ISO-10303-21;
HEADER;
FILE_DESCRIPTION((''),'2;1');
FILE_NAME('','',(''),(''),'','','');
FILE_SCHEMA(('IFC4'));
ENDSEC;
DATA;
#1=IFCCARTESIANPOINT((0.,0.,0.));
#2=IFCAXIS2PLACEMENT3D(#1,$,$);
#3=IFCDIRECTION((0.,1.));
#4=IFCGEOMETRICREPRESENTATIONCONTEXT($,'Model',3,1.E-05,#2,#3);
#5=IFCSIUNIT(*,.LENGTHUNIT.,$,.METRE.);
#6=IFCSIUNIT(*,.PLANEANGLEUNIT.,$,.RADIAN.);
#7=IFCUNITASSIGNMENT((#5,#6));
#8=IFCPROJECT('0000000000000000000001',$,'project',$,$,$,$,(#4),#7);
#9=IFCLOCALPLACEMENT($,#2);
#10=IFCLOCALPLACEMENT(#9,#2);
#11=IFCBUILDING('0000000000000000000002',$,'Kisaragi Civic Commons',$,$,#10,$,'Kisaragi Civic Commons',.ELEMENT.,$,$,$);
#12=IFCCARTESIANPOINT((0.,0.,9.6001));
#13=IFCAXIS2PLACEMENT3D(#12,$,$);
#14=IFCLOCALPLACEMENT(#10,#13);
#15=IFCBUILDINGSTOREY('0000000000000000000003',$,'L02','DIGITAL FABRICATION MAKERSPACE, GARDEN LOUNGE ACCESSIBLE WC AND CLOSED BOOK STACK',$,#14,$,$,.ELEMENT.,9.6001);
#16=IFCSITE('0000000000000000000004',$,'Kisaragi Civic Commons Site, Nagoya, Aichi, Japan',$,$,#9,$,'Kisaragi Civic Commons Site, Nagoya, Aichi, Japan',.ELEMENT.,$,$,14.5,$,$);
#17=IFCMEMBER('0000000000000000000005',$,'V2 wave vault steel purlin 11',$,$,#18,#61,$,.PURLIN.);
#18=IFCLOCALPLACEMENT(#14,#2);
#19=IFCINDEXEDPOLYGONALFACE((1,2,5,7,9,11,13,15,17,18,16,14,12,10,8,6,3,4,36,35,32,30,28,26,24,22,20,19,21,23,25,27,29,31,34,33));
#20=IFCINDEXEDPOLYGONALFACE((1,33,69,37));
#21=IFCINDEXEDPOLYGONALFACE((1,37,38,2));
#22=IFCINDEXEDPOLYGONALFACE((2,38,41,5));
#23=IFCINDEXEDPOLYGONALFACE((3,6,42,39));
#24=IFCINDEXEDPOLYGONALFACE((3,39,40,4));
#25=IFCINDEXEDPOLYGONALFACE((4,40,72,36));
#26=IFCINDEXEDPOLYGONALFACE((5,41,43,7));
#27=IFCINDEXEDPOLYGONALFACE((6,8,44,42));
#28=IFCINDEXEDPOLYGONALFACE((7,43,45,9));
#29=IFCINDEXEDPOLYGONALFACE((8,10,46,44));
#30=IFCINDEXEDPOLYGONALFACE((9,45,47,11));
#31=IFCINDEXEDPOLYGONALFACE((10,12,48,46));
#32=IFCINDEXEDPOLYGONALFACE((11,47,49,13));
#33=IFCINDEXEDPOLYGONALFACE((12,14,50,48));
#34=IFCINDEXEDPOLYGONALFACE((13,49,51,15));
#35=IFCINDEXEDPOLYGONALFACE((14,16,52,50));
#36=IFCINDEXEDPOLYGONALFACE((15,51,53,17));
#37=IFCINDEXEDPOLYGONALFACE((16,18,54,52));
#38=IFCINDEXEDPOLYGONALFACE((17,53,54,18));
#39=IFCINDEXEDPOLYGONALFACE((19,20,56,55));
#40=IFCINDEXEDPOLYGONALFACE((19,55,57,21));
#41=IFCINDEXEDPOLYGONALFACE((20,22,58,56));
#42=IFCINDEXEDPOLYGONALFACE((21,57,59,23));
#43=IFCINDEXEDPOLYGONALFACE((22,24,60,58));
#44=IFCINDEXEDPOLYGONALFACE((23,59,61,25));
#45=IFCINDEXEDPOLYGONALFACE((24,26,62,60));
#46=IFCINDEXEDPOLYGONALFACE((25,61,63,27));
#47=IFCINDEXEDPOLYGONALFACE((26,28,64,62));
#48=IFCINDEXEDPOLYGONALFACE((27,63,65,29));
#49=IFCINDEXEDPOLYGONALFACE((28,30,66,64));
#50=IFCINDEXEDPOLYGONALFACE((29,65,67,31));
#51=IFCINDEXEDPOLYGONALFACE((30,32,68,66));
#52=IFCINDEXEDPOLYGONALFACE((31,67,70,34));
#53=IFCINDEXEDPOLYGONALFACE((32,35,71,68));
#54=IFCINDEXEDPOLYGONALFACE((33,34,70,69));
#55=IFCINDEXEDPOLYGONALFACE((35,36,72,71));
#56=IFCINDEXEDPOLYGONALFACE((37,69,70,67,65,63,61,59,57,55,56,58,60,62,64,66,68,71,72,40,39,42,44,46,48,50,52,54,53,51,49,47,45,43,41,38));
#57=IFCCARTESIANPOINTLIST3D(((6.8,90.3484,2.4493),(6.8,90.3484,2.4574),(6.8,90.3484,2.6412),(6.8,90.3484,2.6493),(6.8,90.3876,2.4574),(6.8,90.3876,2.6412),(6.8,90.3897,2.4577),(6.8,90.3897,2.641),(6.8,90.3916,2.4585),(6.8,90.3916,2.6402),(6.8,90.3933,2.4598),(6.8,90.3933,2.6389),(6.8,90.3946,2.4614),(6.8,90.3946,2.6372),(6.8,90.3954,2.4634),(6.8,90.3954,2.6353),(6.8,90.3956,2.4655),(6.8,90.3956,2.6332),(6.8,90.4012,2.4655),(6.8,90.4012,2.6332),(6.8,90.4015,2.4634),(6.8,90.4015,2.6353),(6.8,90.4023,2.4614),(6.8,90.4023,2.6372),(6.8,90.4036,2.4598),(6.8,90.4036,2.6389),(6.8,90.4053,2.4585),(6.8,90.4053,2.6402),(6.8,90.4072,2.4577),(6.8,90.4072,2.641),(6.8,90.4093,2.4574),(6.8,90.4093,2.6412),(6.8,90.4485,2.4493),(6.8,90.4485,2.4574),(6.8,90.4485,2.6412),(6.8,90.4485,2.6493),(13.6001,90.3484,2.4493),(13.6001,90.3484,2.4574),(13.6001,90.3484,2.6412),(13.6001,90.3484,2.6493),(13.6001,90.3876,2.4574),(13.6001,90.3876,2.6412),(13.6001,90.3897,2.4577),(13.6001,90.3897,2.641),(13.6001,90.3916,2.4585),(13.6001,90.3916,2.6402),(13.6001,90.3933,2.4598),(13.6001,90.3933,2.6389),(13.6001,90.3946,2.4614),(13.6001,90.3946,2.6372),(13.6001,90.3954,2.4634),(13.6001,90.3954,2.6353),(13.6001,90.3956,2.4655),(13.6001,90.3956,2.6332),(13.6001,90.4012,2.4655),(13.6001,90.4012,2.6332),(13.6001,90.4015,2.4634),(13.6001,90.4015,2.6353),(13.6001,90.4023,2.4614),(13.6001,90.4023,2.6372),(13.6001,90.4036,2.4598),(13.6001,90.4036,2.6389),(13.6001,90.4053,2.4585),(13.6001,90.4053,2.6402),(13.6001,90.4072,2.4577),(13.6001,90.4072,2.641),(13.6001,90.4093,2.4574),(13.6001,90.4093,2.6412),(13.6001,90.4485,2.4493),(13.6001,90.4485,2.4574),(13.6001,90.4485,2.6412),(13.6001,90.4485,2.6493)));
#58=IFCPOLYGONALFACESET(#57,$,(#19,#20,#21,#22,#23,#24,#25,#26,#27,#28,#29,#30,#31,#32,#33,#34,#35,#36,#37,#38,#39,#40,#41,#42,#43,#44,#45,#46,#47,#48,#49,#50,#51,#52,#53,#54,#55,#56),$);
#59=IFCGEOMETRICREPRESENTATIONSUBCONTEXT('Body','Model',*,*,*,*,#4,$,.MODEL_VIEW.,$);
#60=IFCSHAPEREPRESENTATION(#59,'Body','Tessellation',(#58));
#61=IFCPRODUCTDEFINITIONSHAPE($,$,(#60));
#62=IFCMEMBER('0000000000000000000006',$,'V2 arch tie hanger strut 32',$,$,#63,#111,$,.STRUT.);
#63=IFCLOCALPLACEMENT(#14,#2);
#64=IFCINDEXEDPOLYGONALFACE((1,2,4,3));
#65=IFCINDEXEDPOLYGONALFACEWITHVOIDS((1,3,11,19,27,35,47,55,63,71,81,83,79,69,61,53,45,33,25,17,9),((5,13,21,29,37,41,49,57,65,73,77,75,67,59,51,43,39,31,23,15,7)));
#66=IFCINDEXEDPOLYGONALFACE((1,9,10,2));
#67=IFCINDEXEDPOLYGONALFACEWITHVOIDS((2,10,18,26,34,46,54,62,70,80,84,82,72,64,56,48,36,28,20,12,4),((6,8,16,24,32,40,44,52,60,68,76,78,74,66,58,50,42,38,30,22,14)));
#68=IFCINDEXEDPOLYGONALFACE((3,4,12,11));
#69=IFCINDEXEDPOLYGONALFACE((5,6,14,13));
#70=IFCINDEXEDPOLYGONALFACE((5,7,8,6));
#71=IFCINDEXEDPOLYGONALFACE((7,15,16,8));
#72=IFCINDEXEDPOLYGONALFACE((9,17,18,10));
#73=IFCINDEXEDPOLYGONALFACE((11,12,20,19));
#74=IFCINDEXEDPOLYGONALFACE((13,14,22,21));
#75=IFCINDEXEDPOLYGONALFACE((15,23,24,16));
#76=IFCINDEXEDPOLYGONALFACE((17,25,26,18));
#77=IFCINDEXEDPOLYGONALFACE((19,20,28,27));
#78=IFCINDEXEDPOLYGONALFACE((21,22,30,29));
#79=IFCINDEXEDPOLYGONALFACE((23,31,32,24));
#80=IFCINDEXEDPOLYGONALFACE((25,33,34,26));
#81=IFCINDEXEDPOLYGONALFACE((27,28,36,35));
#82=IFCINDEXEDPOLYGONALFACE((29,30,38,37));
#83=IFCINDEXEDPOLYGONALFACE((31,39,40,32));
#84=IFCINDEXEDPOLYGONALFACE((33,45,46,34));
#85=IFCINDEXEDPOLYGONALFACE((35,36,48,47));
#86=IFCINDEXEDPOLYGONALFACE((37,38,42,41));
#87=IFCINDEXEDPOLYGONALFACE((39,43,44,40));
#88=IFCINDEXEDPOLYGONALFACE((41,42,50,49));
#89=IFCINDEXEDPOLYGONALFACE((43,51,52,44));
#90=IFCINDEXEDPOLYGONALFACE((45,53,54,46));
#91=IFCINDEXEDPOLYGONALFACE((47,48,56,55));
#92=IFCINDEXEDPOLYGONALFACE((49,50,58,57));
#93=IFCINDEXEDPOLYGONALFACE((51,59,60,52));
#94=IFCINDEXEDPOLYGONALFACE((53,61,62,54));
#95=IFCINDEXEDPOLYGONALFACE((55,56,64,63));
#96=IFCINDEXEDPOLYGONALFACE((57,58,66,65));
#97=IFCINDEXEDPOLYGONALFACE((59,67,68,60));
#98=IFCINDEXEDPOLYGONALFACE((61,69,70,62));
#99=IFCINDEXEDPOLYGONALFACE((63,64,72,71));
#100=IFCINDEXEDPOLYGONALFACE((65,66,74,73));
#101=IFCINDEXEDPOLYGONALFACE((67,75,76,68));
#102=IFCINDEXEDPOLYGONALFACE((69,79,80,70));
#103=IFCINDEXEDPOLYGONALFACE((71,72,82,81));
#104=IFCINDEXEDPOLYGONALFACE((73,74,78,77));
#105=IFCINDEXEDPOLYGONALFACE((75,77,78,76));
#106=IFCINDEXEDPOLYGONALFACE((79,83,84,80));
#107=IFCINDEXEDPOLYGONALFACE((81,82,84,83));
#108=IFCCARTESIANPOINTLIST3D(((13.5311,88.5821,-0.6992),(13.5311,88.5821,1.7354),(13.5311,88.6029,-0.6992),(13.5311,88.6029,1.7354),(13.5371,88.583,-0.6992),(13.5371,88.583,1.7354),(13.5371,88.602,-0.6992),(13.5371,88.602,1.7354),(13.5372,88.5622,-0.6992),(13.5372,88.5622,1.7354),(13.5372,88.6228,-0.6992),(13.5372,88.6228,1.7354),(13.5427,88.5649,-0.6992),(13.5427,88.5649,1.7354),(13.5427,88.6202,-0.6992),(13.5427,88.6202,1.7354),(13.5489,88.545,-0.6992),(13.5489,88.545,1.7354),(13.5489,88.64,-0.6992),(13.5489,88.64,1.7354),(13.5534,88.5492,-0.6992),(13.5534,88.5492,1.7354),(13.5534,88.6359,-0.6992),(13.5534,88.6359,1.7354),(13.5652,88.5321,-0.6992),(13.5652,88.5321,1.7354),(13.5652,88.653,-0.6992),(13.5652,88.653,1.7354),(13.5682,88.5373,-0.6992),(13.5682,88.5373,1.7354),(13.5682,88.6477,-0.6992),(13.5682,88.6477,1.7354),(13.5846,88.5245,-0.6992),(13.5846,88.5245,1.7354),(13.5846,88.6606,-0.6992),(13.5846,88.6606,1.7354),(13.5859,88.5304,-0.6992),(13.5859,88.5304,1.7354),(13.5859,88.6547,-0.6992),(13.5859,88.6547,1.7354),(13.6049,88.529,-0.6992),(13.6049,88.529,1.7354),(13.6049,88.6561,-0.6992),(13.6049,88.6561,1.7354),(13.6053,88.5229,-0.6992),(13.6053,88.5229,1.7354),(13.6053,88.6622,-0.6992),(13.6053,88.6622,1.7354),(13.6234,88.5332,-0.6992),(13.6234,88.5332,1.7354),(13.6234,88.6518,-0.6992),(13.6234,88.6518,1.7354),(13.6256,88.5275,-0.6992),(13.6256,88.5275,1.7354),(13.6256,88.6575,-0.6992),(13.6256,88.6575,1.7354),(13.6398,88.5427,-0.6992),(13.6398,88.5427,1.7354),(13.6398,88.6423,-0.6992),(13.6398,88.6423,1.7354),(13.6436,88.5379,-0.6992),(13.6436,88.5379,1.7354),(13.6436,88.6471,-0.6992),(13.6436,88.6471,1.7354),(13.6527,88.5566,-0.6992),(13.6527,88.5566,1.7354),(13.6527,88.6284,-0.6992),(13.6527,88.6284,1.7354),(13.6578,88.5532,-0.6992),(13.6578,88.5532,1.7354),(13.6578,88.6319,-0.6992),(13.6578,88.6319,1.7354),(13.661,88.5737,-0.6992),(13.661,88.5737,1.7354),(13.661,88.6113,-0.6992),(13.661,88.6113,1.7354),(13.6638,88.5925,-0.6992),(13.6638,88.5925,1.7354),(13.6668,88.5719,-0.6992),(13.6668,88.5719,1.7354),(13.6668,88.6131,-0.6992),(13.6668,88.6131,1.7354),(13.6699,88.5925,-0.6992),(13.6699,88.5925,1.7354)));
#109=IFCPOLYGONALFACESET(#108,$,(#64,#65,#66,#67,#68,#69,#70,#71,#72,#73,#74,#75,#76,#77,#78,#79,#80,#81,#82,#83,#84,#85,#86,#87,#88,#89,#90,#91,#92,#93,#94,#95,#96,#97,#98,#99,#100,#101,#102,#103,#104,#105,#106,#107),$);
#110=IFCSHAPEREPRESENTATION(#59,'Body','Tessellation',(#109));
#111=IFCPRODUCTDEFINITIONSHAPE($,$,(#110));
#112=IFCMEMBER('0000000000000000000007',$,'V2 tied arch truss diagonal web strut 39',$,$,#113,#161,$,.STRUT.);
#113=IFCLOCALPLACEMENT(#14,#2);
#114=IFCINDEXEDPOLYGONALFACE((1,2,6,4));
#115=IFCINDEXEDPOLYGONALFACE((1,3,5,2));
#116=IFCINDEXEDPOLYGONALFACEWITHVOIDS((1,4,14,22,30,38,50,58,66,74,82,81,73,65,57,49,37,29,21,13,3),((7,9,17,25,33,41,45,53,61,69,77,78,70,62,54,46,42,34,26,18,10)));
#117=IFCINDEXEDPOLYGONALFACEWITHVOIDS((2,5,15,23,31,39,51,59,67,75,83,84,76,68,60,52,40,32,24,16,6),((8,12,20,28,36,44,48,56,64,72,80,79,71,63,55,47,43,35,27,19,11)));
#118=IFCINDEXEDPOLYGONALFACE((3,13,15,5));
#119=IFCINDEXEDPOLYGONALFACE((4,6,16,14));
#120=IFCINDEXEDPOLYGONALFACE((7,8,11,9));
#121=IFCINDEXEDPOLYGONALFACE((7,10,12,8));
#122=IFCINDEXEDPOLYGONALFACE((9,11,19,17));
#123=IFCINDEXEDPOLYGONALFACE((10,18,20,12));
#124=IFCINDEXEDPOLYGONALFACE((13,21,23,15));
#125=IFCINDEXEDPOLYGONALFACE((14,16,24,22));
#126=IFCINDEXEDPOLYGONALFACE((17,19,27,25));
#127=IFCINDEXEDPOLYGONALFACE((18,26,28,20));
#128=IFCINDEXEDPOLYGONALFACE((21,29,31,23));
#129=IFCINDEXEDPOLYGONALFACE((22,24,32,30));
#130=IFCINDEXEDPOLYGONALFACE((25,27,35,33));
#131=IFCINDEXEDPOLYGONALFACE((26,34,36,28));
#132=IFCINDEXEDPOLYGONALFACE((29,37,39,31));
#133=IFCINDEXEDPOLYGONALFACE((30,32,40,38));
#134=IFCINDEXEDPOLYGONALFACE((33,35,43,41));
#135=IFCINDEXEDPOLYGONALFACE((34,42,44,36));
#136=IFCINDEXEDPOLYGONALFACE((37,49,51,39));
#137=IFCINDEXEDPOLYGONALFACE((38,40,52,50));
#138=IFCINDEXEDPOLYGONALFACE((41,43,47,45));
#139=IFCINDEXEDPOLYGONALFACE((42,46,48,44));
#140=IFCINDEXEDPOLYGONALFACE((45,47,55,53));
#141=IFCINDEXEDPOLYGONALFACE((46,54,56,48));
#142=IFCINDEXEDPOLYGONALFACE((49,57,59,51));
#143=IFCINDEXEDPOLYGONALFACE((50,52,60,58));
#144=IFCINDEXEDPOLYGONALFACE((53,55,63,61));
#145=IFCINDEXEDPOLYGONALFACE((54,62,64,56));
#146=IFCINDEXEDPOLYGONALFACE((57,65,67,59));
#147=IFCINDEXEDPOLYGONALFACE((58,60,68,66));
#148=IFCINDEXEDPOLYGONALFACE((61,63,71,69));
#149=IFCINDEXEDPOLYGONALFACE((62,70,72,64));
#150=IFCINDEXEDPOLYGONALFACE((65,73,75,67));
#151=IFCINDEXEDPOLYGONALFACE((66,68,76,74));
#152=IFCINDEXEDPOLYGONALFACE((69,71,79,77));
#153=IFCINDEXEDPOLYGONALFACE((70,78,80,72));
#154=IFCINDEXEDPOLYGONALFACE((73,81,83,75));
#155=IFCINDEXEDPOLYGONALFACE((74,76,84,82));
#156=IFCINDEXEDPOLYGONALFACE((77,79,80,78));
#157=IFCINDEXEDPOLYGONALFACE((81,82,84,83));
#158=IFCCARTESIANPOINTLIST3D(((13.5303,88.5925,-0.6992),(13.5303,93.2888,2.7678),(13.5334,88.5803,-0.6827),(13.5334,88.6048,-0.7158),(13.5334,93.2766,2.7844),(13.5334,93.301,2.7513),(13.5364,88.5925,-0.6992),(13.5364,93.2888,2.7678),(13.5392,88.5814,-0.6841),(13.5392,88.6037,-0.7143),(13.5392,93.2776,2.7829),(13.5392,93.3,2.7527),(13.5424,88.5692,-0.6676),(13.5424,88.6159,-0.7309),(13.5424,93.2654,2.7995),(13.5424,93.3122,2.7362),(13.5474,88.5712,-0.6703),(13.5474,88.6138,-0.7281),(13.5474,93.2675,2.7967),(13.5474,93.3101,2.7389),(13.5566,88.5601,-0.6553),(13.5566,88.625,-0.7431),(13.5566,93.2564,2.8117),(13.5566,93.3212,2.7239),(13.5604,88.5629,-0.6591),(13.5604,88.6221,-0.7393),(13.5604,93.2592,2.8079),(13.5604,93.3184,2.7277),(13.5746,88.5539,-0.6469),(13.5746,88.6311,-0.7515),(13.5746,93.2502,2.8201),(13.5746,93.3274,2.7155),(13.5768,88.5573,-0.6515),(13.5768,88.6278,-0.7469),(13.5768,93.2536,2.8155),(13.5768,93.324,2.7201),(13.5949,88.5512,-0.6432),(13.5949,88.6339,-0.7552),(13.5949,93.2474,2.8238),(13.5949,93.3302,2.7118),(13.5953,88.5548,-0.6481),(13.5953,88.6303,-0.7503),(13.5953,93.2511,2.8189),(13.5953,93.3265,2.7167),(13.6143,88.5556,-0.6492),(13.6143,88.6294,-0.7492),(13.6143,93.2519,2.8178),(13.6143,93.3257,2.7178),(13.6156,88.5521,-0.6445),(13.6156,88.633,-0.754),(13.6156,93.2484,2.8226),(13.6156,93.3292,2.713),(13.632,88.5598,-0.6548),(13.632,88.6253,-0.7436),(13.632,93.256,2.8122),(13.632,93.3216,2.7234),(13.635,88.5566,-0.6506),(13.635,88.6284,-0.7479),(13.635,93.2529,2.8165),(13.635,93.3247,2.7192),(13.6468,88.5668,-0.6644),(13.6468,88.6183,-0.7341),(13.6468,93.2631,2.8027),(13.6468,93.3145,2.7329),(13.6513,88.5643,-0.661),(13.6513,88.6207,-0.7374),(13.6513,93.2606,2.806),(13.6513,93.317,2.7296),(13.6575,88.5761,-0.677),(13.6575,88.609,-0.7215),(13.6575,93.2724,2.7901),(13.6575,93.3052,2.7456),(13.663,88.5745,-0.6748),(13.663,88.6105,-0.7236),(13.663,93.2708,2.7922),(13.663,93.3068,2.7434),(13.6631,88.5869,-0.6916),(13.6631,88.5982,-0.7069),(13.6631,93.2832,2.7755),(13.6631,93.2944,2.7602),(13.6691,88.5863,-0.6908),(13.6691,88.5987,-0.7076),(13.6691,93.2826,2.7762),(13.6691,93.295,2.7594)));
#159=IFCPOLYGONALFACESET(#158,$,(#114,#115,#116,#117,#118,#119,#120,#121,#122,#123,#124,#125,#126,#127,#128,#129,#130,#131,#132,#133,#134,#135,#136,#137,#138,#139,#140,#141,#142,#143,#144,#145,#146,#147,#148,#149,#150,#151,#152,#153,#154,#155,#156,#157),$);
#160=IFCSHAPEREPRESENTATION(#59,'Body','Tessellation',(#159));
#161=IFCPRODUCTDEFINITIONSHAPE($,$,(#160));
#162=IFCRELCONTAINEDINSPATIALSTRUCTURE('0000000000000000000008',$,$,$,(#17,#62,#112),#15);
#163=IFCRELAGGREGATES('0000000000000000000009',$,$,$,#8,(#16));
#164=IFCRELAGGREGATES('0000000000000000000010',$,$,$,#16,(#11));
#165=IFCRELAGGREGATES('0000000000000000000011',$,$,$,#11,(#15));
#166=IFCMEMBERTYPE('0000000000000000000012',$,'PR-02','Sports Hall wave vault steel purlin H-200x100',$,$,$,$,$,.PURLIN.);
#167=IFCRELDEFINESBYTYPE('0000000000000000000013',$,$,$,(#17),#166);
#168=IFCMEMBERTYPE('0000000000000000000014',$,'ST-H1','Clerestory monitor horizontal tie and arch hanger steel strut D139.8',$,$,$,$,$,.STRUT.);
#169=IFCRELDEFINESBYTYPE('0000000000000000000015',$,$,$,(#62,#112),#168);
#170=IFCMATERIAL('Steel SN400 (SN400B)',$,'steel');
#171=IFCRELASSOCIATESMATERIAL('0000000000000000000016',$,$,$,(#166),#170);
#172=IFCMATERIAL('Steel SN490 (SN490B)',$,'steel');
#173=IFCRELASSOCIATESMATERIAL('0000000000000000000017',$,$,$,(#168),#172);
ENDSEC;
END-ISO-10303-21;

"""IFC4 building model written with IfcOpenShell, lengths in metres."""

from ifc_helpers import new_model, si_unit, direction, frame, origin, origin_2d, place, context, subcontext, project, spatial, hollow_circle, i_section, extrude, material, material_profile, profile_set, type_object, element, save


model = new_model("IFC4")

# Units and contexts
model_context = context("Model", 3, precision=1e-05, world=origin(), true_north=direction((0.0, 1.0)))
body_context = subcontext(model_context, "Body", "Model", "MODEL_VIEW")
ifc_project = project(units=[si_unit("LENGTHUNIT", "METRE"), si_unit("PLANEANGLEUNIT", "RADIAN")], contexts=[model_context])

# Site, building, storey
site_placement = place(None, origin())
site = spatial("IfcSite", under=ifc_project, at=site_placement, Name="Kisaragi Civic Commons Site, Nagoya, Aichi, Japan", LongName="Kisaragi Civic Commons Site, Nagoya, Aichi, Japan", CompositionType="ELEMENT", RefElevation=14.5)
building_placement = place(site_placement, origin())
building = spatial("IfcBuilding", under=site, at=building_placement, Name="Kisaragi Civic Commons", LongName="Kisaragi Civic Commons", CompositionType="ELEMENT")
storey_placement = place(building_placement, frame((0.0, 0.0, 9.6001)))
storey = spatial("IfcBuildingStorey", under=building, at=storey_placement, Name="L02", Description="DIGITAL FABRICATION MAKERSPACE, GARDEN LOUNGE ACCESSIBLE WC AND CLOSED BOOK STACK", CompositionType="ELEMENT", Elevation=9.6001)

# Members
ifc_material_1 = material(Name="Steel SN400 (SN400B)", Category="steel")
ifc_material_profile_1 = material_profile(ifc_material_1, i_section(OverallWidth=0.1001, OverallDepth=0.2, WebThickness=0.0056, FlangeThickness=0.0081, FilletRadius=0.0081, at=origin_2d()), Name="H-200x100x5.5x8", Category="steel")
ifc_profile_set_1 = profile_set([ifc_material_profile_1], Name="Steel SN400 (SN400B)")
member_type_1 = type_object("IfcMemberType", Name="PR-02", Description="Sports Hall wave vault steel purlin H-200x100", PredefinedType="PURLIN", material=ifc_profile_set_1)
member_1_placement = place(storey_placement, frame((6.8, 90.3984, 2.5493), z_axis=(1.0, 0.0, 0.0), x_axis=(0.0, 1.0, 0.0)))
element("IfcMember", 1, at=member_1_placement, inside=storey, type_object=member_type_1, Name="V2 wave vault steel purlin 11", PredefinedType="PURLIN", context=body_context, shape_type="SweptSolid", body=[
    extrude(i_section(OverallWidth=0.1001, OverallDepth=0.2, WebThickness=0.0056, FlangeThickness=0.0081, FilletRadius=0.0081, at=origin_2d()), origin(), (0.0, 0.0, 1.0), 6.8),
])
ifc_material_2 = material(Name="Steel SN490 (SN490B)", Category="steel")
ifc_material_profile_2 = material_profile(ifc_material_2, hollow_circle(Radius=0.0698, WallThickness=0.0061, at=origin_2d()), Name="CHS-139.8x6.0", Category="steel")
ifc_profile_set_2 = profile_set([ifc_material_profile_2], Name="Steel SN490 (SN490B)")
member_type_2 = type_object("IfcMemberType", Name="ST-H1", Description="Clerestory monitor horizontal tie and arch hanger steel strut D139.8", PredefinedType="STRUT", material=ifc_profile_set_2)
member_2_placement = place(storey_placement, frame((13.6001, 88.5925, -0.6992), z_axis=(0.0, 0.0, 1.0), x_axis=(1.0, 0.0, 0.0)))
element("IfcMember", 2, at=member_2_placement, inside=storey, type_object=member_type_2, Name="V2 arch tie hanger strut 32", PredefinedType="STRUT", context=body_context, shape_type="SweptSolid", body=[
    extrude(hollow_circle(Radius=0.0698, WallThickness=0.0061, at=origin_2d()), origin(), (0.0, 0.0, 1.0), 2.4346),
])
member_3_placement = place(storey_placement, frame((13.6001, 88.5925, -0.6992), z_axis=(0.0, 0.804514, 0.593934), x_axis=(-1.0, 0.0, 0.0)))
element("IfcMember", 3, at=member_3_placement, inside=storey, type_object=member_type_2, Name="V2 tied arch truss diagonal web strut 39", PredefinedType="STRUT", context=body_context, shape_type="SweptSolid", body=[
    extrude(hollow_circle(Radius=0.0698, WallThickness=0.0061, at=origin_2d()), origin(), (0.0, 0.0, 1.0), 5.8374),
])

save(model, "model.ifc")
